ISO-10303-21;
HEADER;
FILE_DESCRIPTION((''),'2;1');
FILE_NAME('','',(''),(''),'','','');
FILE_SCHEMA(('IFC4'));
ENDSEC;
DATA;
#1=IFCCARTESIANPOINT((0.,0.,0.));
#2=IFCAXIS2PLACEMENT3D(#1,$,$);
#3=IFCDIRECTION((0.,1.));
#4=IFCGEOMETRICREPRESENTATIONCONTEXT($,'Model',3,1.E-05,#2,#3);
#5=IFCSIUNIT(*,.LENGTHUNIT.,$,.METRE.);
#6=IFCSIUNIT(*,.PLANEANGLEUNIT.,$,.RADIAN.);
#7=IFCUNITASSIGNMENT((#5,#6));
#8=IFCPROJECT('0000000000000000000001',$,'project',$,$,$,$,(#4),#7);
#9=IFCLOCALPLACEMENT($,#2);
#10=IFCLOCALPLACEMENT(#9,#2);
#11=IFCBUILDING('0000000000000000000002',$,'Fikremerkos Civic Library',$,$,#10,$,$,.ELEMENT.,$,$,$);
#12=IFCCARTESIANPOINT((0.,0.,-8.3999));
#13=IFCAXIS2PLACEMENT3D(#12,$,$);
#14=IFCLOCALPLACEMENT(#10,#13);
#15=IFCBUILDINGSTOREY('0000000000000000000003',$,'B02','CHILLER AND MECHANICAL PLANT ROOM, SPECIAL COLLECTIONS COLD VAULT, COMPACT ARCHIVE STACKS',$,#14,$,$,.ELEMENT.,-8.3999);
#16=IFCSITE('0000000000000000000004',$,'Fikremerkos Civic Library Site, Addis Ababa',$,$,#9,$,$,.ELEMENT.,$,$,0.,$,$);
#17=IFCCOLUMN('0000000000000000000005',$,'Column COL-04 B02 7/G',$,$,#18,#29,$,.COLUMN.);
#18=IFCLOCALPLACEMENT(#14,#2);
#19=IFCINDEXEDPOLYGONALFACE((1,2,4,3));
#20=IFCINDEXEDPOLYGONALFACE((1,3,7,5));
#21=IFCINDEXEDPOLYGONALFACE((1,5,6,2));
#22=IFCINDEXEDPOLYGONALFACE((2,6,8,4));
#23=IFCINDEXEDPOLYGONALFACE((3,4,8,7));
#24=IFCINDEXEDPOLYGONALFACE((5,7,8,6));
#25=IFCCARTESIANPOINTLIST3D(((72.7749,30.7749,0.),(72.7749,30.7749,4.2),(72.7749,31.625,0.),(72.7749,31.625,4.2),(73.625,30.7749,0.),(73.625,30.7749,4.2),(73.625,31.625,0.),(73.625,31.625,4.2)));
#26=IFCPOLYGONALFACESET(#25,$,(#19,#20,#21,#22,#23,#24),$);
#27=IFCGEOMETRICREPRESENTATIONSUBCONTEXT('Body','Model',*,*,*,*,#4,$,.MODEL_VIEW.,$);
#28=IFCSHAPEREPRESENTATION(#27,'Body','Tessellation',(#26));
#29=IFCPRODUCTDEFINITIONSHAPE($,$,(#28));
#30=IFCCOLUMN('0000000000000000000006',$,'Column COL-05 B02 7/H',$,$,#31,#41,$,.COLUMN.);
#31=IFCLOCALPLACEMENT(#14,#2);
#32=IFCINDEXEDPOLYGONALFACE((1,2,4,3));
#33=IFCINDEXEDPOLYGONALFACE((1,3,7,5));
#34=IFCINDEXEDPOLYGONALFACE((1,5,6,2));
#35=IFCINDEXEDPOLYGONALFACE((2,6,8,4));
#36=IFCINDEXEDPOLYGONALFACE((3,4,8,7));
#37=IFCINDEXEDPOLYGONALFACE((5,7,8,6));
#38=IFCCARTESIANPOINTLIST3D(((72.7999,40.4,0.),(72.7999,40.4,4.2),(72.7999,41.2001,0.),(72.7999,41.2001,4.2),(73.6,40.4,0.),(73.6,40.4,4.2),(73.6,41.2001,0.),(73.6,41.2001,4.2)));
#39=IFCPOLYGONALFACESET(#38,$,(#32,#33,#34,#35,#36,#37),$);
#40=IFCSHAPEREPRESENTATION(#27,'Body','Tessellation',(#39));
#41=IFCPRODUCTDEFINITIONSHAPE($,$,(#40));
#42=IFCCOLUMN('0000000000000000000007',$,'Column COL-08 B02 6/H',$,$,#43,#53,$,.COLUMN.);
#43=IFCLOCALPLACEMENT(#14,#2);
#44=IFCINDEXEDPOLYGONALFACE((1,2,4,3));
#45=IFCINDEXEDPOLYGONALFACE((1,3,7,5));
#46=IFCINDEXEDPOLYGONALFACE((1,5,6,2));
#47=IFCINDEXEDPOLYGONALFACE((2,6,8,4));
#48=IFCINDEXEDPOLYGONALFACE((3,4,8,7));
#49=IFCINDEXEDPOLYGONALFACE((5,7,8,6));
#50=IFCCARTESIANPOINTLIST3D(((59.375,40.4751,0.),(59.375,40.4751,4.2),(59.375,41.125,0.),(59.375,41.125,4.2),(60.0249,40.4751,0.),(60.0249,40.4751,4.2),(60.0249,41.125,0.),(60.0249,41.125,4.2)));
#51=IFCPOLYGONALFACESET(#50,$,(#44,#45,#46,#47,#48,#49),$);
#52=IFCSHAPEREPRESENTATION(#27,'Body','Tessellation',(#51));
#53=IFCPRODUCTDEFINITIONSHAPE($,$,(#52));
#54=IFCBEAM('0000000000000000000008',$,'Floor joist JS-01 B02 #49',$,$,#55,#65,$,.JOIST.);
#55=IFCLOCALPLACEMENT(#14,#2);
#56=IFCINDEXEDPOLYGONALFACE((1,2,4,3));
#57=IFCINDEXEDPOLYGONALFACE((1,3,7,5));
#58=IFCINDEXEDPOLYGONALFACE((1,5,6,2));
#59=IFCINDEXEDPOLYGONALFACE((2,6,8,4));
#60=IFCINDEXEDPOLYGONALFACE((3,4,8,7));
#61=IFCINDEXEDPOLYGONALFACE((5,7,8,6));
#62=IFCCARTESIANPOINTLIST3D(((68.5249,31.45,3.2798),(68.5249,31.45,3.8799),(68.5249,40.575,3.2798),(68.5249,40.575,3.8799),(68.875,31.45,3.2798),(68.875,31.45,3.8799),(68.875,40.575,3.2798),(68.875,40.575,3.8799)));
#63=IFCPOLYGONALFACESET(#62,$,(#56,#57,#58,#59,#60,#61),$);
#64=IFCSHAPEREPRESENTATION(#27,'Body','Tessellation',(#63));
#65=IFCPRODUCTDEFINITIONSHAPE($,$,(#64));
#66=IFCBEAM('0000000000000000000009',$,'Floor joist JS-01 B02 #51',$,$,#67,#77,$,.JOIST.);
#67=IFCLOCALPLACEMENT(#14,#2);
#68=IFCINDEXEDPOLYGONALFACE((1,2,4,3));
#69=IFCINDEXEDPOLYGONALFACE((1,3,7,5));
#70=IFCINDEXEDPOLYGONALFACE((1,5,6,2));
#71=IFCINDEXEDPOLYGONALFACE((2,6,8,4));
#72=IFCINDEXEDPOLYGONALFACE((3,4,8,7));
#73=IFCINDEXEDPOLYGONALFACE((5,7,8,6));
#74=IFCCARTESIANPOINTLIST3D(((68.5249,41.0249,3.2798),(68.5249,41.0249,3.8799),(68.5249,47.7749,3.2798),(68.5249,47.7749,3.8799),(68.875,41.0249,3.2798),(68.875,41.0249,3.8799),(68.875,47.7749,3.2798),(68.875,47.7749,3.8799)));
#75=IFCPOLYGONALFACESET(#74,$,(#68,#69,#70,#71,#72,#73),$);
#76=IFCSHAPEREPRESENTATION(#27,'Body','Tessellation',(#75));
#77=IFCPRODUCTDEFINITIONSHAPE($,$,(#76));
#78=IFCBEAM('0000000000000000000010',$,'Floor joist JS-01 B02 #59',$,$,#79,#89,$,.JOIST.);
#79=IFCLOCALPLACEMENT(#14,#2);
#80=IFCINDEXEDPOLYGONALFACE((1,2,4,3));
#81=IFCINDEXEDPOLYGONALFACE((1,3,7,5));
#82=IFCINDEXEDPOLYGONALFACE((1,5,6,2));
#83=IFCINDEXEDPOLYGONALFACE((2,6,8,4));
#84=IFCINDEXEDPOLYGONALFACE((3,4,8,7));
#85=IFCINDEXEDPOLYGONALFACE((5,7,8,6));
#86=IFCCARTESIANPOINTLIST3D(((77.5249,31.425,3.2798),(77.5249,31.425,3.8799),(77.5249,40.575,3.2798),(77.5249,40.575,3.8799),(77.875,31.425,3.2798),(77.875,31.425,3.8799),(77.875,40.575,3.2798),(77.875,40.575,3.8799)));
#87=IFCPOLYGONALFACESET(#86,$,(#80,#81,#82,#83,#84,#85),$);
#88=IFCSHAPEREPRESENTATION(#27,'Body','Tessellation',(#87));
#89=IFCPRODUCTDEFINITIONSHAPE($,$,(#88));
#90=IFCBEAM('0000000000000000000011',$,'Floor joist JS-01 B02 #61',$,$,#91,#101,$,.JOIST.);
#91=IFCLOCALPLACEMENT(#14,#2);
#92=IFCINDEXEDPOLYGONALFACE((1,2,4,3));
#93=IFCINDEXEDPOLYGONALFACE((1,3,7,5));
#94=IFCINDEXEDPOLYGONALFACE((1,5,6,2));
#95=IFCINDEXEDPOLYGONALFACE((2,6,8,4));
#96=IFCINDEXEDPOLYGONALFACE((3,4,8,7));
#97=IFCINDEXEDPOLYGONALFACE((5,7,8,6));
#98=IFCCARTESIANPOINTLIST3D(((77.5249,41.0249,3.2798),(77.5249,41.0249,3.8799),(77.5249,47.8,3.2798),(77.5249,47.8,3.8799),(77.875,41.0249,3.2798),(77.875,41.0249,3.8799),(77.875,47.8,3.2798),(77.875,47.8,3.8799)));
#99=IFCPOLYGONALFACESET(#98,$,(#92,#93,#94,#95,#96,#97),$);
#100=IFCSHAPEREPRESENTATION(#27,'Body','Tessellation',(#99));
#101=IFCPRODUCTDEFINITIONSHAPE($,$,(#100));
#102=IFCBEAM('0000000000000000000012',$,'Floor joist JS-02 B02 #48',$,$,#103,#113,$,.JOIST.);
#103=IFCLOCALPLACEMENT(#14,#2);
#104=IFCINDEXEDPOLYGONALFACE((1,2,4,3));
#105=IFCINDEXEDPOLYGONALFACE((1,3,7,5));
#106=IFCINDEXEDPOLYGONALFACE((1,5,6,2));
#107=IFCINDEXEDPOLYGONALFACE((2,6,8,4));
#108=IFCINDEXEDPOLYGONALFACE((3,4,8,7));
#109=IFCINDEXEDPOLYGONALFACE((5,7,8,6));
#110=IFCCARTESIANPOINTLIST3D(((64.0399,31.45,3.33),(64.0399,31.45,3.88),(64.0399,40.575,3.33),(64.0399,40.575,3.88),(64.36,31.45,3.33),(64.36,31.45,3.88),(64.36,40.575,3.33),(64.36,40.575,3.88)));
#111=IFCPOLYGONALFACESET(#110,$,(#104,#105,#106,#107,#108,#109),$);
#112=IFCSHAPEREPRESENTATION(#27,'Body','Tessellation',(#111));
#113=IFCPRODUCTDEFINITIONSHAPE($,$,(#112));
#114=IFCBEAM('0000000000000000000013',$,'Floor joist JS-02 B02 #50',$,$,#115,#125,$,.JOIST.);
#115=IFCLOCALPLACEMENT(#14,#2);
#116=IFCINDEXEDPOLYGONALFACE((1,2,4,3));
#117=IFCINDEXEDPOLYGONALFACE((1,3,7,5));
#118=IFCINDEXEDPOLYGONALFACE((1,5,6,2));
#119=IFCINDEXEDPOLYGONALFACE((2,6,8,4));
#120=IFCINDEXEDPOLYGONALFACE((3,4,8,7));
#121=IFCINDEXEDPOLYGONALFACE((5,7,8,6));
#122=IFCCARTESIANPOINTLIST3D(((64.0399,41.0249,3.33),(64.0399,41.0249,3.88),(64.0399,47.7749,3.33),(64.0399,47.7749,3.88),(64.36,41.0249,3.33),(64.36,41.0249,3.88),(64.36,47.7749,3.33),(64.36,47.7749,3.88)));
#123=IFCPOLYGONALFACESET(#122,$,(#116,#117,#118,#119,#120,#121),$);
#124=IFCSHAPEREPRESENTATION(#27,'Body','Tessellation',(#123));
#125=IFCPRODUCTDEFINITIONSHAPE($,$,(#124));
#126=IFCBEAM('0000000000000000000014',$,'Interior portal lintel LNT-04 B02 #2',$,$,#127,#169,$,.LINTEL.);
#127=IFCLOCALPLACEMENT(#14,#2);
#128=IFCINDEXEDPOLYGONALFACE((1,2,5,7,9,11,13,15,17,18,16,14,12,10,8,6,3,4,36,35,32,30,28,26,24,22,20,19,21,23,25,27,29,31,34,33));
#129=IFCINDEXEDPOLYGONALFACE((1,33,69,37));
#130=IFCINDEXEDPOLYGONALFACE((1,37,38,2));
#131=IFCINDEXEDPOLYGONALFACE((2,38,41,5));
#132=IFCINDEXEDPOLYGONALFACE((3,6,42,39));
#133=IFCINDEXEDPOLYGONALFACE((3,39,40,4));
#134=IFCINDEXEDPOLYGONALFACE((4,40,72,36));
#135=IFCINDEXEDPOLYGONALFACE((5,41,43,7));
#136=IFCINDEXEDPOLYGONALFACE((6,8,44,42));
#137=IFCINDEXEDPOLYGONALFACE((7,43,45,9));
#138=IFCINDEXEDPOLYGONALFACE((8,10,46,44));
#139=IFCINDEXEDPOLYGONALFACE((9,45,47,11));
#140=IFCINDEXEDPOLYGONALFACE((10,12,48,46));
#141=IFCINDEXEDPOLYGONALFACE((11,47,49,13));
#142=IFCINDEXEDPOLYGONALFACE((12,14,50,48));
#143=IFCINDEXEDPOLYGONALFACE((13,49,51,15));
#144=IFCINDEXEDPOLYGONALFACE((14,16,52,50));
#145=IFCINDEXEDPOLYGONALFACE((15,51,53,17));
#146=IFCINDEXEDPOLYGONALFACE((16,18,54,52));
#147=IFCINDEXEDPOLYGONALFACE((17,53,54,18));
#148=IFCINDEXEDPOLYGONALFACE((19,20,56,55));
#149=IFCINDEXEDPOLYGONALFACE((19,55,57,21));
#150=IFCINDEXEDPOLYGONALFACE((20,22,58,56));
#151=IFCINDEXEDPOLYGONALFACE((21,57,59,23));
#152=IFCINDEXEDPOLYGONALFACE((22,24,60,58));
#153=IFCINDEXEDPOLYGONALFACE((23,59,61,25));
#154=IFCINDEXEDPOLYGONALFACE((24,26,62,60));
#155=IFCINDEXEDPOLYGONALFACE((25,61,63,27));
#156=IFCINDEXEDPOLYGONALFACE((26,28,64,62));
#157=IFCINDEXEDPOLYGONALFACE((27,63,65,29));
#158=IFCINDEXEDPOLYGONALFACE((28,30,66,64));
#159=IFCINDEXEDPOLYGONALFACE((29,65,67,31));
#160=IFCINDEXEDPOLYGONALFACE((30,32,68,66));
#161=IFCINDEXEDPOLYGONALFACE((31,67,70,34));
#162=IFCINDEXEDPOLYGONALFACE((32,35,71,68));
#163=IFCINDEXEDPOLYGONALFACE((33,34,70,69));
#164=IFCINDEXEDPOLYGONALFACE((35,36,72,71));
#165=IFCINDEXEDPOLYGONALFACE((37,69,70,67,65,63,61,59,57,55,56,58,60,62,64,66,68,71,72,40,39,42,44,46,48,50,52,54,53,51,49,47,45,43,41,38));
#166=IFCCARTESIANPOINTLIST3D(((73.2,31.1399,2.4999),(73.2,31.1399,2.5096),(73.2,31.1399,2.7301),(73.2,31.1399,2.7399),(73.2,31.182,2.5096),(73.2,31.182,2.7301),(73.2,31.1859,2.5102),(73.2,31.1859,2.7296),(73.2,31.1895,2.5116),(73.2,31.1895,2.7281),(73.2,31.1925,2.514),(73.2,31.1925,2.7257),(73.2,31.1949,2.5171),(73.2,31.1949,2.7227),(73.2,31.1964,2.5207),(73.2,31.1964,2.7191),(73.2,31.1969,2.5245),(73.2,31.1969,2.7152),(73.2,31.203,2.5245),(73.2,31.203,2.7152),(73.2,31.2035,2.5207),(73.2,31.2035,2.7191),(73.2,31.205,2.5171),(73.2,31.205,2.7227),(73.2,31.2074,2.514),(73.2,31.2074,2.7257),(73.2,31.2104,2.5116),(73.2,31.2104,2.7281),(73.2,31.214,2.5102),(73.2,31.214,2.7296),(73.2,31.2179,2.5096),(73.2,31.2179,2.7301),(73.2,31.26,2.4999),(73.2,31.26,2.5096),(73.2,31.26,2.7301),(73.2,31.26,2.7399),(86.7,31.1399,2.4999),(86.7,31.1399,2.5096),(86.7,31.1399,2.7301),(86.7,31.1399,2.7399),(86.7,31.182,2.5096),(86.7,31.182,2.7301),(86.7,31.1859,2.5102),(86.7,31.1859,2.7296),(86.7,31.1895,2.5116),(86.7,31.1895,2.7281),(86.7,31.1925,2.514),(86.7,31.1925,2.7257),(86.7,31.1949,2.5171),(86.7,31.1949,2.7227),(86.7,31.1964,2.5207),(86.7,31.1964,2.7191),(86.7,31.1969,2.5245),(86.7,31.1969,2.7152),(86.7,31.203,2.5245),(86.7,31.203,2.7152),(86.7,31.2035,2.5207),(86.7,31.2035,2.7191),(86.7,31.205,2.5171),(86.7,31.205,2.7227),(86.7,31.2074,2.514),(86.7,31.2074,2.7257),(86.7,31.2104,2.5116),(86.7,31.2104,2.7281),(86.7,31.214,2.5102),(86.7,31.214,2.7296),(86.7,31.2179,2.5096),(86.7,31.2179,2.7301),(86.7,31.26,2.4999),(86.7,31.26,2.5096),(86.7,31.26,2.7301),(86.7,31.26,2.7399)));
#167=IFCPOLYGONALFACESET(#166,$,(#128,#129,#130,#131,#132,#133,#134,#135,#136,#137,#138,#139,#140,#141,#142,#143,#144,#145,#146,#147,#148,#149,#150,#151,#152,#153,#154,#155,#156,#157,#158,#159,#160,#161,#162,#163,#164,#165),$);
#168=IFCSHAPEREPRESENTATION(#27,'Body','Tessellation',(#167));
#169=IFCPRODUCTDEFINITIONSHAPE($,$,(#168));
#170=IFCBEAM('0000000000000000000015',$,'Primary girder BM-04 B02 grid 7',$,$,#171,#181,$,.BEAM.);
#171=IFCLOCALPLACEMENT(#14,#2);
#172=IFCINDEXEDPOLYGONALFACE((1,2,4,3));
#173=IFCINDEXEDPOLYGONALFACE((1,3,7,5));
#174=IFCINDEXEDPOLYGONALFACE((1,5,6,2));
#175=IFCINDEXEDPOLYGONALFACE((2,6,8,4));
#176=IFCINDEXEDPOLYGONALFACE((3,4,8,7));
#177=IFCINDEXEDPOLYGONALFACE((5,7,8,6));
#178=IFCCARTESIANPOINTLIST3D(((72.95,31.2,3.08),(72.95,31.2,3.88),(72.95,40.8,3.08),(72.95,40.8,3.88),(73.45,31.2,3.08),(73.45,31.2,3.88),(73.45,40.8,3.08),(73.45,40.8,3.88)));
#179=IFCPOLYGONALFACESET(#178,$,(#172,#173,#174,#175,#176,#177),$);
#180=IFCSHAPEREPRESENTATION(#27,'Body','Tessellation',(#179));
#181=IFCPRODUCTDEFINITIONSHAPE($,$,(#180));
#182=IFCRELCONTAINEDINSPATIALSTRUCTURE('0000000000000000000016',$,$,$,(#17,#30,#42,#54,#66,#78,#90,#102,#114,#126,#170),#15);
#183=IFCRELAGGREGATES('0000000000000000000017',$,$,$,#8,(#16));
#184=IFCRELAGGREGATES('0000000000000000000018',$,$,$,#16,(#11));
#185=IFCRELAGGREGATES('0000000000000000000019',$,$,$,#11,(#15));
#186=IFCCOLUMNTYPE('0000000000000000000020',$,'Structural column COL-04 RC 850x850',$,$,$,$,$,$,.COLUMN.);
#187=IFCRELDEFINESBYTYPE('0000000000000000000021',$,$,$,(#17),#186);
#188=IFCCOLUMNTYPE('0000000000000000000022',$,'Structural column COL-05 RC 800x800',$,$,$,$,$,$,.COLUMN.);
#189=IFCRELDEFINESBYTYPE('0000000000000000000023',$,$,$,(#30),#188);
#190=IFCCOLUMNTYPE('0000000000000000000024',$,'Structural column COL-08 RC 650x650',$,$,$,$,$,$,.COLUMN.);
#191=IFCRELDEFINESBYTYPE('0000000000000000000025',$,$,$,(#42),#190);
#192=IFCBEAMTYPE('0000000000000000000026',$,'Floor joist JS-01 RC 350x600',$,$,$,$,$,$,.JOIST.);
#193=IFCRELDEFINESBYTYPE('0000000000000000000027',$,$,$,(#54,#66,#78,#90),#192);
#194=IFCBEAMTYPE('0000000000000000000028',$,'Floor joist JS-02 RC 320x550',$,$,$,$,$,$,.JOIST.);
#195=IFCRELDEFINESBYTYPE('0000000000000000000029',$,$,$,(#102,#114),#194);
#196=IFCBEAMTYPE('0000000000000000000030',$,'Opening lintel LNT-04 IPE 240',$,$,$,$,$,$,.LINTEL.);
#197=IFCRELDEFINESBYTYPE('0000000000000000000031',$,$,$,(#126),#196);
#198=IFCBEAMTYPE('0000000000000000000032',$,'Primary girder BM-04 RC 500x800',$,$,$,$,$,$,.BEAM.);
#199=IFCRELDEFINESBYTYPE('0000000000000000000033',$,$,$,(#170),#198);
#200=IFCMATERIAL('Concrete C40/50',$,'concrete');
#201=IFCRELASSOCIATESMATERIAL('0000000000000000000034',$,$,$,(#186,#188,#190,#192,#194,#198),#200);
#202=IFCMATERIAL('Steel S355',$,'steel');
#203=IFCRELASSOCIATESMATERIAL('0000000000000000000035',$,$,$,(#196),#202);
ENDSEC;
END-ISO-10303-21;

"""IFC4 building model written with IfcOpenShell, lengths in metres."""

from ifc_helpers import new_model, si_unit, direction, frame, origin, origin_2d, place, context, subcontext, project, spatial, rectangle, i_section, extrude, material, material_profile, profile_set, type_object, element, save


model = new_model("IFC4")

# Units and contexts
model_context = context("Model", 3, precision=1e-05, world=origin(), true_north=direction((0.0, 1.0)))
body_context = subcontext(model_context, "Body", "Model", "MODEL_VIEW")
ifc_project = project(units=[si_unit("LENGTHUNIT", "METRE"), si_unit("PLANEANGLEUNIT", "RADIAN")], contexts=[model_context])

# Site, building, storey
site_placement = place(None, origin())
site = spatial("IfcSite", under=ifc_project, at=site_placement, Name="Fikremerkos Civic Library Site, Addis Ababa", CompositionType="ELEMENT", RefElevation=0.0)
building_placement = place(site_placement, origin())
building = spatial("IfcBuilding", under=site, at=building_placement, Name="Fikremerkos Civic Library", CompositionType="ELEMENT")
storey_placement = place(building_placement, frame((0.0, 0.0, -8.3999)))
storey = spatial("IfcBuildingStorey", under=building, at=storey_placement, Name="B02", Description="CHILLER AND MECHANICAL PLANT ROOM, SPECIAL COLLECTIONS COLD VAULT, COMPACT ARCHIVE STACKS", CompositionType="ELEMENT", Elevation=-8.3999)

# Shared definitions
ifc_material_1 = material(Name="Concrete C40/50", Category="concrete")

# Columns
ifc_material_profile_1 = material_profile(ifc_material_1, rectangle(XDim=0.8501, YDim=0.8501, at=origin_2d()), Name="RC 850x850")
ifc_profile_set_1 = profile_set([ifc_material_profile_1], Name="Concrete C40/50")
column_type_1 = type_object("IfcColumnType", Name="Structural column COL-04 RC 850x850", PredefinedType="COLUMN", material=ifc_profile_set_1)
column_1_placement = place(storey_placement, frame((73.2, 31.2, 0.0), z_axis=(0.0, 0.0, 1.0), x_axis=(1.0, 0.0, 0.0)))
element("IfcColumn", 1, at=column_1_placement, inside=storey, type_object=column_type_1, Name="Column COL-04 B02 7/G", PredefinedType="COLUMN", context=body_context, shape_type="SweptSolid", body=[
    extrude(rectangle(XDim=0.8501, YDim=0.8501, at=origin_2d()), origin(), (0.0, 0.0, 1.0), 4.2),
])
ifc_material_profile_2 = material_profile(ifc_material_1, rectangle(XDim=0.8, YDim=0.8, at=origin_2d()), Name="RC 800x800")
ifc_profile_set_2 = profile_set([ifc_material_profile_2], Name="Concrete C40/50")
column_type_2 = type_object("IfcColumnType", Name="Structural column COL-05 RC 800x800", PredefinedType="COLUMN", material=ifc_profile_set_2)
column_2_placement = place(storey_placement, frame((73.2, 40.8, 0.0), z_axis=(0.0, 0.0, 1.0), x_axis=(1.0, 0.0, 0.0)))
element("IfcColumn", 2, at=column_2_placement, inside=storey, type_object=column_type_2, Name="Column COL-05 B02 7/H", PredefinedType="COLUMN", context=body_context, shape_type="SweptSolid", body=[
    extrude(rectangle(XDim=0.8, YDim=0.8, at=origin_2d()), origin(), (0.0, 0.0, 1.0), 4.2),
])
ifc_material_profile_3 = material_profile(ifc_material_1, rectangle(XDim=0.6499, YDim=0.6499, at=origin_2d()), Name="RC 650x650")
ifc_profile_set_3 = profile_set([ifc_material_profile_3], Name="Concrete C40/50")
column_type_3 = type_object("IfcColumnType", Name="Structural column COL-08 RC 650x650", PredefinedType="COLUMN", material=ifc_profile_set_3)
column_3_placement = place(storey_placement, frame((59.7, 40.8, 0.0), z_axis=(0.0, 0.0, 1.0), x_axis=(1.0, 0.0, 0.0)))
element("IfcColumn", 3, at=column_3_placement, inside=storey, type_object=column_type_3, Name="Column COL-08 B02 6/H", PredefinedType="COLUMN", context=body_context, shape_type="SweptSolid", body=[
    extrude(rectangle(XDim=0.6499, YDim=0.6499, at=origin_2d()), origin(), (0.0, 0.0, 1.0), 4.2),
])

# Beams
ifc_material_profile_4 = material_profile(ifc_material_1, rectangle(XDim=0.3501, YDim=0.6001, at=origin_2d()), Name="RC 350x600")
ifc_profile_set_4 = profile_set([ifc_material_profile_4], Name="Concrete C40/50")
beam_type_1 = type_object("IfcBeamType", Name="Floor joist JS-01 RC 350x600", PredefinedType="JOIST", material=ifc_profile_set_4)
beam_1_placement = place(storey_placement, frame((68.7, 31.45, 3.5798), z_axis=(0.0, 1.0, 0.0), x_axis=(-1.0, 0.0, 0.0)))
element("IfcBeam", 4, at=beam_1_placement, inside=storey, type_object=beam_type_1, Name="Floor joist JS-01 B02 #49", PredefinedType="JOIST", context=body_context, shape_type="SweptSolid", body=[
    extrude(rectangle(XDim=0.3501, YDim=0.6001, at=origin_2d()), origin(), (0.0, 0.0, 1.0), 9.125),
])
beam_2_placement = place(storey_placement, frame((68.7, 41.0249, 3.5798), z_axis=(0.0, 1.0, 0.0), x_axis=(-1.0, 0.0, 0.0)))
element("IfcBeam", 5, at=beam_2_placement, inside=storey, type_object=beam_type_1, Name="Floor joist JS-01 B02 #51", PredefinedType="JOIST", context=body_context, shape_type="SweptSolid", body=[
    extrude(rectangle(XDim=0.3501, YDim=0.6001, at=origin_2d()), origin(), (0.0, 0.0, 1.0), 6.75),
])
beam_3_placement = place(storey_placement, frame((77.7, 31.425, 3.5798), z_axis=(0.0, 1.0, 0.0), x_axis=(-1.0, 0.0, 0.0)))
element("IfcBeam", 6, at=beam_3_placement, inside=storey, type_object=beam_type_1, Name="Floor joist JS-01 B02 #59", PredefinedType="JOIST", context=body_context, shape_type="SweptSolid", body=[
    extrude(rectangle(XDim=0.3501, YDim=0.6001, at=origin_2d()), origin(), (0.0, 0.0, 1.0), 9.1499),
])
beam_4_placement = place(storey_placement, frame((77.7, 41.0249, 3.5798), z_axis=(0.0, 1.0, 0.0), x_axis=(-1.0, 0.0, 0.0)))
element("IfcBeam", 7, at=beam_4_placement, inside=storey, type_object=beam_type_1, Name="Floor joist JS-01 B02 #61", PredefinedType="JOIST", context=body_context, shape_type="SweptSolid", body=[
    extrude(rectangle(XDim=0.3501, YDim=0.6001, at=origin_2d()), origin(), (0.0, 0.0, 1.0), 6.7751),
])
ifc_material_profile_5 = material_profile(ifc_material_1, rectangle(XDim=0.3201, YDim=0.55, at=origin_2d()), Name="RC 320x550")
ifc_profile_set_5 = profile_set([ifc_material_profile_5], Name="Concrete C40/50")
beam_type_2 = type_object("IfcBeamType", Name="Floor joist JS-02 RC 320x550", PredefinedType="JOIST", material=ifc_profile_set_5)
beam_5_placement = place(storey_placement, frame((64.2, 31.45, 3.605), z_axis=(0.0, 1.0, 0.0), x_axis=(-1.0, 0.0, 0.0)))
element("IfcBeam", 8, at=beam_5_placement, inside=storey, type_object=beam_type_2, Name="Floor joist JS-02 B02 #48", PredefinedType="JOIST", context=body_context, shape_type="SweptSolid", body=[
    extrude(rectangle(XDim=0.3201, YDim=0.55, at=origin_2d()), origin(), (0.0, 0.0, 1.0), 9.125),
])
beam_6_placement = place(storey_placement, frame((64.2, 41.0249, 3.605), z_axis=(0.0, 1.0, 0.0), x_axis=(-1.0, 0.0, 0.0)))
element("IfcBeam", 9, at=beam_6_placement, inside=storey, type_object=beam_type_2, Name="Floor joist JS-02 B02 #50", PredefinedType="JOIST", context=body_context, shape_type="SweptSolid", body=[
    extrude(rectangle(XDim=0.3201, YDim=0.55, at=origin_2d()), origin(), (0.0, 0.0, 1.0), 6.75),
])
ifc_material_2 = material(Name="Steel S355", Category="steel")
ifc_material_profile_6 = material_profile(ifc_material_2, i_section(OverallWidth=0.1201, OverallDepth=0.24, WebThickness=0.0061, FlangeThickness=0.0098, FilletRadius=0.0149, at=origin_2d()), Name="IPE 240")
ifc_profile_set_6 = profile_set([ifc_material_profile_6], Name="Steel S355")
beam_type_3 = type_object("IfcBeamType", Name="Opening lintel LNT-04 IPE 240", PredefinedType="LINTEL", material=ifc_profile_set_6)
beam_7_placement = place(storey_placement, frame((73.2, 31.2, 2.6199), z_axis=(1.0, 0.0, 0.0), x_axis=(0.0, 1.0, 0.0)))
element("IfcBeam", 10, at=beam_7_placement, inside=storey, type_object=beam_type_3, Name="Interior portal lintel LNT-04 B02 #2", PredefinedType="LINTEL", context=body_context, shape_type="SweptSolid", body=[
    extrude(i_section(OverallWidth=0.1201, OverallDepth=0.24, WebThickness=0.0061, FlangeThickness=0.0098, FilletRadius=0.0149, at=origin_2d()), origin(), (0.0, 0.0, 1.0), 13.5),
])
ifc_material_profile_7 = material_profile(ifc_material_1, rectangle(XDim=0.5, YDim=0.8, at=origin_2d()), Name="RC 500x800")
ifc_profile_set_7 = profile_set([ifc_material_profile_7], Name="Concrete C40/50")
beam_type_4 = type_object("IfcBeamType", Name="Primary girder BM-04 RC 500x800", PredefinedType="BEAM", material=ifc_profile_set_7)
beam_8_placement = place(storey_placement, frame((73.2, 31.2, 3.48), z_axis=(0.0, 1.0, 0.0), x_axis=(-1.0, 0.0, 0.0)))
element("IfcBeam", 11, at=beam_8_placement, inside=storey, type_object=beam_type_4, Name="Primary girder BM-04 B02 grid 7", PredefinedType="BEAM", context=body_context, shape_type="SweptSolid", body=[
    extrude(rectangle(XDim=0.5, YDim=0.8, at=origin_2d()), origin(), (0.0, 0.0, 1.0), 9.6001),
])

save(model, "model.ifc")
